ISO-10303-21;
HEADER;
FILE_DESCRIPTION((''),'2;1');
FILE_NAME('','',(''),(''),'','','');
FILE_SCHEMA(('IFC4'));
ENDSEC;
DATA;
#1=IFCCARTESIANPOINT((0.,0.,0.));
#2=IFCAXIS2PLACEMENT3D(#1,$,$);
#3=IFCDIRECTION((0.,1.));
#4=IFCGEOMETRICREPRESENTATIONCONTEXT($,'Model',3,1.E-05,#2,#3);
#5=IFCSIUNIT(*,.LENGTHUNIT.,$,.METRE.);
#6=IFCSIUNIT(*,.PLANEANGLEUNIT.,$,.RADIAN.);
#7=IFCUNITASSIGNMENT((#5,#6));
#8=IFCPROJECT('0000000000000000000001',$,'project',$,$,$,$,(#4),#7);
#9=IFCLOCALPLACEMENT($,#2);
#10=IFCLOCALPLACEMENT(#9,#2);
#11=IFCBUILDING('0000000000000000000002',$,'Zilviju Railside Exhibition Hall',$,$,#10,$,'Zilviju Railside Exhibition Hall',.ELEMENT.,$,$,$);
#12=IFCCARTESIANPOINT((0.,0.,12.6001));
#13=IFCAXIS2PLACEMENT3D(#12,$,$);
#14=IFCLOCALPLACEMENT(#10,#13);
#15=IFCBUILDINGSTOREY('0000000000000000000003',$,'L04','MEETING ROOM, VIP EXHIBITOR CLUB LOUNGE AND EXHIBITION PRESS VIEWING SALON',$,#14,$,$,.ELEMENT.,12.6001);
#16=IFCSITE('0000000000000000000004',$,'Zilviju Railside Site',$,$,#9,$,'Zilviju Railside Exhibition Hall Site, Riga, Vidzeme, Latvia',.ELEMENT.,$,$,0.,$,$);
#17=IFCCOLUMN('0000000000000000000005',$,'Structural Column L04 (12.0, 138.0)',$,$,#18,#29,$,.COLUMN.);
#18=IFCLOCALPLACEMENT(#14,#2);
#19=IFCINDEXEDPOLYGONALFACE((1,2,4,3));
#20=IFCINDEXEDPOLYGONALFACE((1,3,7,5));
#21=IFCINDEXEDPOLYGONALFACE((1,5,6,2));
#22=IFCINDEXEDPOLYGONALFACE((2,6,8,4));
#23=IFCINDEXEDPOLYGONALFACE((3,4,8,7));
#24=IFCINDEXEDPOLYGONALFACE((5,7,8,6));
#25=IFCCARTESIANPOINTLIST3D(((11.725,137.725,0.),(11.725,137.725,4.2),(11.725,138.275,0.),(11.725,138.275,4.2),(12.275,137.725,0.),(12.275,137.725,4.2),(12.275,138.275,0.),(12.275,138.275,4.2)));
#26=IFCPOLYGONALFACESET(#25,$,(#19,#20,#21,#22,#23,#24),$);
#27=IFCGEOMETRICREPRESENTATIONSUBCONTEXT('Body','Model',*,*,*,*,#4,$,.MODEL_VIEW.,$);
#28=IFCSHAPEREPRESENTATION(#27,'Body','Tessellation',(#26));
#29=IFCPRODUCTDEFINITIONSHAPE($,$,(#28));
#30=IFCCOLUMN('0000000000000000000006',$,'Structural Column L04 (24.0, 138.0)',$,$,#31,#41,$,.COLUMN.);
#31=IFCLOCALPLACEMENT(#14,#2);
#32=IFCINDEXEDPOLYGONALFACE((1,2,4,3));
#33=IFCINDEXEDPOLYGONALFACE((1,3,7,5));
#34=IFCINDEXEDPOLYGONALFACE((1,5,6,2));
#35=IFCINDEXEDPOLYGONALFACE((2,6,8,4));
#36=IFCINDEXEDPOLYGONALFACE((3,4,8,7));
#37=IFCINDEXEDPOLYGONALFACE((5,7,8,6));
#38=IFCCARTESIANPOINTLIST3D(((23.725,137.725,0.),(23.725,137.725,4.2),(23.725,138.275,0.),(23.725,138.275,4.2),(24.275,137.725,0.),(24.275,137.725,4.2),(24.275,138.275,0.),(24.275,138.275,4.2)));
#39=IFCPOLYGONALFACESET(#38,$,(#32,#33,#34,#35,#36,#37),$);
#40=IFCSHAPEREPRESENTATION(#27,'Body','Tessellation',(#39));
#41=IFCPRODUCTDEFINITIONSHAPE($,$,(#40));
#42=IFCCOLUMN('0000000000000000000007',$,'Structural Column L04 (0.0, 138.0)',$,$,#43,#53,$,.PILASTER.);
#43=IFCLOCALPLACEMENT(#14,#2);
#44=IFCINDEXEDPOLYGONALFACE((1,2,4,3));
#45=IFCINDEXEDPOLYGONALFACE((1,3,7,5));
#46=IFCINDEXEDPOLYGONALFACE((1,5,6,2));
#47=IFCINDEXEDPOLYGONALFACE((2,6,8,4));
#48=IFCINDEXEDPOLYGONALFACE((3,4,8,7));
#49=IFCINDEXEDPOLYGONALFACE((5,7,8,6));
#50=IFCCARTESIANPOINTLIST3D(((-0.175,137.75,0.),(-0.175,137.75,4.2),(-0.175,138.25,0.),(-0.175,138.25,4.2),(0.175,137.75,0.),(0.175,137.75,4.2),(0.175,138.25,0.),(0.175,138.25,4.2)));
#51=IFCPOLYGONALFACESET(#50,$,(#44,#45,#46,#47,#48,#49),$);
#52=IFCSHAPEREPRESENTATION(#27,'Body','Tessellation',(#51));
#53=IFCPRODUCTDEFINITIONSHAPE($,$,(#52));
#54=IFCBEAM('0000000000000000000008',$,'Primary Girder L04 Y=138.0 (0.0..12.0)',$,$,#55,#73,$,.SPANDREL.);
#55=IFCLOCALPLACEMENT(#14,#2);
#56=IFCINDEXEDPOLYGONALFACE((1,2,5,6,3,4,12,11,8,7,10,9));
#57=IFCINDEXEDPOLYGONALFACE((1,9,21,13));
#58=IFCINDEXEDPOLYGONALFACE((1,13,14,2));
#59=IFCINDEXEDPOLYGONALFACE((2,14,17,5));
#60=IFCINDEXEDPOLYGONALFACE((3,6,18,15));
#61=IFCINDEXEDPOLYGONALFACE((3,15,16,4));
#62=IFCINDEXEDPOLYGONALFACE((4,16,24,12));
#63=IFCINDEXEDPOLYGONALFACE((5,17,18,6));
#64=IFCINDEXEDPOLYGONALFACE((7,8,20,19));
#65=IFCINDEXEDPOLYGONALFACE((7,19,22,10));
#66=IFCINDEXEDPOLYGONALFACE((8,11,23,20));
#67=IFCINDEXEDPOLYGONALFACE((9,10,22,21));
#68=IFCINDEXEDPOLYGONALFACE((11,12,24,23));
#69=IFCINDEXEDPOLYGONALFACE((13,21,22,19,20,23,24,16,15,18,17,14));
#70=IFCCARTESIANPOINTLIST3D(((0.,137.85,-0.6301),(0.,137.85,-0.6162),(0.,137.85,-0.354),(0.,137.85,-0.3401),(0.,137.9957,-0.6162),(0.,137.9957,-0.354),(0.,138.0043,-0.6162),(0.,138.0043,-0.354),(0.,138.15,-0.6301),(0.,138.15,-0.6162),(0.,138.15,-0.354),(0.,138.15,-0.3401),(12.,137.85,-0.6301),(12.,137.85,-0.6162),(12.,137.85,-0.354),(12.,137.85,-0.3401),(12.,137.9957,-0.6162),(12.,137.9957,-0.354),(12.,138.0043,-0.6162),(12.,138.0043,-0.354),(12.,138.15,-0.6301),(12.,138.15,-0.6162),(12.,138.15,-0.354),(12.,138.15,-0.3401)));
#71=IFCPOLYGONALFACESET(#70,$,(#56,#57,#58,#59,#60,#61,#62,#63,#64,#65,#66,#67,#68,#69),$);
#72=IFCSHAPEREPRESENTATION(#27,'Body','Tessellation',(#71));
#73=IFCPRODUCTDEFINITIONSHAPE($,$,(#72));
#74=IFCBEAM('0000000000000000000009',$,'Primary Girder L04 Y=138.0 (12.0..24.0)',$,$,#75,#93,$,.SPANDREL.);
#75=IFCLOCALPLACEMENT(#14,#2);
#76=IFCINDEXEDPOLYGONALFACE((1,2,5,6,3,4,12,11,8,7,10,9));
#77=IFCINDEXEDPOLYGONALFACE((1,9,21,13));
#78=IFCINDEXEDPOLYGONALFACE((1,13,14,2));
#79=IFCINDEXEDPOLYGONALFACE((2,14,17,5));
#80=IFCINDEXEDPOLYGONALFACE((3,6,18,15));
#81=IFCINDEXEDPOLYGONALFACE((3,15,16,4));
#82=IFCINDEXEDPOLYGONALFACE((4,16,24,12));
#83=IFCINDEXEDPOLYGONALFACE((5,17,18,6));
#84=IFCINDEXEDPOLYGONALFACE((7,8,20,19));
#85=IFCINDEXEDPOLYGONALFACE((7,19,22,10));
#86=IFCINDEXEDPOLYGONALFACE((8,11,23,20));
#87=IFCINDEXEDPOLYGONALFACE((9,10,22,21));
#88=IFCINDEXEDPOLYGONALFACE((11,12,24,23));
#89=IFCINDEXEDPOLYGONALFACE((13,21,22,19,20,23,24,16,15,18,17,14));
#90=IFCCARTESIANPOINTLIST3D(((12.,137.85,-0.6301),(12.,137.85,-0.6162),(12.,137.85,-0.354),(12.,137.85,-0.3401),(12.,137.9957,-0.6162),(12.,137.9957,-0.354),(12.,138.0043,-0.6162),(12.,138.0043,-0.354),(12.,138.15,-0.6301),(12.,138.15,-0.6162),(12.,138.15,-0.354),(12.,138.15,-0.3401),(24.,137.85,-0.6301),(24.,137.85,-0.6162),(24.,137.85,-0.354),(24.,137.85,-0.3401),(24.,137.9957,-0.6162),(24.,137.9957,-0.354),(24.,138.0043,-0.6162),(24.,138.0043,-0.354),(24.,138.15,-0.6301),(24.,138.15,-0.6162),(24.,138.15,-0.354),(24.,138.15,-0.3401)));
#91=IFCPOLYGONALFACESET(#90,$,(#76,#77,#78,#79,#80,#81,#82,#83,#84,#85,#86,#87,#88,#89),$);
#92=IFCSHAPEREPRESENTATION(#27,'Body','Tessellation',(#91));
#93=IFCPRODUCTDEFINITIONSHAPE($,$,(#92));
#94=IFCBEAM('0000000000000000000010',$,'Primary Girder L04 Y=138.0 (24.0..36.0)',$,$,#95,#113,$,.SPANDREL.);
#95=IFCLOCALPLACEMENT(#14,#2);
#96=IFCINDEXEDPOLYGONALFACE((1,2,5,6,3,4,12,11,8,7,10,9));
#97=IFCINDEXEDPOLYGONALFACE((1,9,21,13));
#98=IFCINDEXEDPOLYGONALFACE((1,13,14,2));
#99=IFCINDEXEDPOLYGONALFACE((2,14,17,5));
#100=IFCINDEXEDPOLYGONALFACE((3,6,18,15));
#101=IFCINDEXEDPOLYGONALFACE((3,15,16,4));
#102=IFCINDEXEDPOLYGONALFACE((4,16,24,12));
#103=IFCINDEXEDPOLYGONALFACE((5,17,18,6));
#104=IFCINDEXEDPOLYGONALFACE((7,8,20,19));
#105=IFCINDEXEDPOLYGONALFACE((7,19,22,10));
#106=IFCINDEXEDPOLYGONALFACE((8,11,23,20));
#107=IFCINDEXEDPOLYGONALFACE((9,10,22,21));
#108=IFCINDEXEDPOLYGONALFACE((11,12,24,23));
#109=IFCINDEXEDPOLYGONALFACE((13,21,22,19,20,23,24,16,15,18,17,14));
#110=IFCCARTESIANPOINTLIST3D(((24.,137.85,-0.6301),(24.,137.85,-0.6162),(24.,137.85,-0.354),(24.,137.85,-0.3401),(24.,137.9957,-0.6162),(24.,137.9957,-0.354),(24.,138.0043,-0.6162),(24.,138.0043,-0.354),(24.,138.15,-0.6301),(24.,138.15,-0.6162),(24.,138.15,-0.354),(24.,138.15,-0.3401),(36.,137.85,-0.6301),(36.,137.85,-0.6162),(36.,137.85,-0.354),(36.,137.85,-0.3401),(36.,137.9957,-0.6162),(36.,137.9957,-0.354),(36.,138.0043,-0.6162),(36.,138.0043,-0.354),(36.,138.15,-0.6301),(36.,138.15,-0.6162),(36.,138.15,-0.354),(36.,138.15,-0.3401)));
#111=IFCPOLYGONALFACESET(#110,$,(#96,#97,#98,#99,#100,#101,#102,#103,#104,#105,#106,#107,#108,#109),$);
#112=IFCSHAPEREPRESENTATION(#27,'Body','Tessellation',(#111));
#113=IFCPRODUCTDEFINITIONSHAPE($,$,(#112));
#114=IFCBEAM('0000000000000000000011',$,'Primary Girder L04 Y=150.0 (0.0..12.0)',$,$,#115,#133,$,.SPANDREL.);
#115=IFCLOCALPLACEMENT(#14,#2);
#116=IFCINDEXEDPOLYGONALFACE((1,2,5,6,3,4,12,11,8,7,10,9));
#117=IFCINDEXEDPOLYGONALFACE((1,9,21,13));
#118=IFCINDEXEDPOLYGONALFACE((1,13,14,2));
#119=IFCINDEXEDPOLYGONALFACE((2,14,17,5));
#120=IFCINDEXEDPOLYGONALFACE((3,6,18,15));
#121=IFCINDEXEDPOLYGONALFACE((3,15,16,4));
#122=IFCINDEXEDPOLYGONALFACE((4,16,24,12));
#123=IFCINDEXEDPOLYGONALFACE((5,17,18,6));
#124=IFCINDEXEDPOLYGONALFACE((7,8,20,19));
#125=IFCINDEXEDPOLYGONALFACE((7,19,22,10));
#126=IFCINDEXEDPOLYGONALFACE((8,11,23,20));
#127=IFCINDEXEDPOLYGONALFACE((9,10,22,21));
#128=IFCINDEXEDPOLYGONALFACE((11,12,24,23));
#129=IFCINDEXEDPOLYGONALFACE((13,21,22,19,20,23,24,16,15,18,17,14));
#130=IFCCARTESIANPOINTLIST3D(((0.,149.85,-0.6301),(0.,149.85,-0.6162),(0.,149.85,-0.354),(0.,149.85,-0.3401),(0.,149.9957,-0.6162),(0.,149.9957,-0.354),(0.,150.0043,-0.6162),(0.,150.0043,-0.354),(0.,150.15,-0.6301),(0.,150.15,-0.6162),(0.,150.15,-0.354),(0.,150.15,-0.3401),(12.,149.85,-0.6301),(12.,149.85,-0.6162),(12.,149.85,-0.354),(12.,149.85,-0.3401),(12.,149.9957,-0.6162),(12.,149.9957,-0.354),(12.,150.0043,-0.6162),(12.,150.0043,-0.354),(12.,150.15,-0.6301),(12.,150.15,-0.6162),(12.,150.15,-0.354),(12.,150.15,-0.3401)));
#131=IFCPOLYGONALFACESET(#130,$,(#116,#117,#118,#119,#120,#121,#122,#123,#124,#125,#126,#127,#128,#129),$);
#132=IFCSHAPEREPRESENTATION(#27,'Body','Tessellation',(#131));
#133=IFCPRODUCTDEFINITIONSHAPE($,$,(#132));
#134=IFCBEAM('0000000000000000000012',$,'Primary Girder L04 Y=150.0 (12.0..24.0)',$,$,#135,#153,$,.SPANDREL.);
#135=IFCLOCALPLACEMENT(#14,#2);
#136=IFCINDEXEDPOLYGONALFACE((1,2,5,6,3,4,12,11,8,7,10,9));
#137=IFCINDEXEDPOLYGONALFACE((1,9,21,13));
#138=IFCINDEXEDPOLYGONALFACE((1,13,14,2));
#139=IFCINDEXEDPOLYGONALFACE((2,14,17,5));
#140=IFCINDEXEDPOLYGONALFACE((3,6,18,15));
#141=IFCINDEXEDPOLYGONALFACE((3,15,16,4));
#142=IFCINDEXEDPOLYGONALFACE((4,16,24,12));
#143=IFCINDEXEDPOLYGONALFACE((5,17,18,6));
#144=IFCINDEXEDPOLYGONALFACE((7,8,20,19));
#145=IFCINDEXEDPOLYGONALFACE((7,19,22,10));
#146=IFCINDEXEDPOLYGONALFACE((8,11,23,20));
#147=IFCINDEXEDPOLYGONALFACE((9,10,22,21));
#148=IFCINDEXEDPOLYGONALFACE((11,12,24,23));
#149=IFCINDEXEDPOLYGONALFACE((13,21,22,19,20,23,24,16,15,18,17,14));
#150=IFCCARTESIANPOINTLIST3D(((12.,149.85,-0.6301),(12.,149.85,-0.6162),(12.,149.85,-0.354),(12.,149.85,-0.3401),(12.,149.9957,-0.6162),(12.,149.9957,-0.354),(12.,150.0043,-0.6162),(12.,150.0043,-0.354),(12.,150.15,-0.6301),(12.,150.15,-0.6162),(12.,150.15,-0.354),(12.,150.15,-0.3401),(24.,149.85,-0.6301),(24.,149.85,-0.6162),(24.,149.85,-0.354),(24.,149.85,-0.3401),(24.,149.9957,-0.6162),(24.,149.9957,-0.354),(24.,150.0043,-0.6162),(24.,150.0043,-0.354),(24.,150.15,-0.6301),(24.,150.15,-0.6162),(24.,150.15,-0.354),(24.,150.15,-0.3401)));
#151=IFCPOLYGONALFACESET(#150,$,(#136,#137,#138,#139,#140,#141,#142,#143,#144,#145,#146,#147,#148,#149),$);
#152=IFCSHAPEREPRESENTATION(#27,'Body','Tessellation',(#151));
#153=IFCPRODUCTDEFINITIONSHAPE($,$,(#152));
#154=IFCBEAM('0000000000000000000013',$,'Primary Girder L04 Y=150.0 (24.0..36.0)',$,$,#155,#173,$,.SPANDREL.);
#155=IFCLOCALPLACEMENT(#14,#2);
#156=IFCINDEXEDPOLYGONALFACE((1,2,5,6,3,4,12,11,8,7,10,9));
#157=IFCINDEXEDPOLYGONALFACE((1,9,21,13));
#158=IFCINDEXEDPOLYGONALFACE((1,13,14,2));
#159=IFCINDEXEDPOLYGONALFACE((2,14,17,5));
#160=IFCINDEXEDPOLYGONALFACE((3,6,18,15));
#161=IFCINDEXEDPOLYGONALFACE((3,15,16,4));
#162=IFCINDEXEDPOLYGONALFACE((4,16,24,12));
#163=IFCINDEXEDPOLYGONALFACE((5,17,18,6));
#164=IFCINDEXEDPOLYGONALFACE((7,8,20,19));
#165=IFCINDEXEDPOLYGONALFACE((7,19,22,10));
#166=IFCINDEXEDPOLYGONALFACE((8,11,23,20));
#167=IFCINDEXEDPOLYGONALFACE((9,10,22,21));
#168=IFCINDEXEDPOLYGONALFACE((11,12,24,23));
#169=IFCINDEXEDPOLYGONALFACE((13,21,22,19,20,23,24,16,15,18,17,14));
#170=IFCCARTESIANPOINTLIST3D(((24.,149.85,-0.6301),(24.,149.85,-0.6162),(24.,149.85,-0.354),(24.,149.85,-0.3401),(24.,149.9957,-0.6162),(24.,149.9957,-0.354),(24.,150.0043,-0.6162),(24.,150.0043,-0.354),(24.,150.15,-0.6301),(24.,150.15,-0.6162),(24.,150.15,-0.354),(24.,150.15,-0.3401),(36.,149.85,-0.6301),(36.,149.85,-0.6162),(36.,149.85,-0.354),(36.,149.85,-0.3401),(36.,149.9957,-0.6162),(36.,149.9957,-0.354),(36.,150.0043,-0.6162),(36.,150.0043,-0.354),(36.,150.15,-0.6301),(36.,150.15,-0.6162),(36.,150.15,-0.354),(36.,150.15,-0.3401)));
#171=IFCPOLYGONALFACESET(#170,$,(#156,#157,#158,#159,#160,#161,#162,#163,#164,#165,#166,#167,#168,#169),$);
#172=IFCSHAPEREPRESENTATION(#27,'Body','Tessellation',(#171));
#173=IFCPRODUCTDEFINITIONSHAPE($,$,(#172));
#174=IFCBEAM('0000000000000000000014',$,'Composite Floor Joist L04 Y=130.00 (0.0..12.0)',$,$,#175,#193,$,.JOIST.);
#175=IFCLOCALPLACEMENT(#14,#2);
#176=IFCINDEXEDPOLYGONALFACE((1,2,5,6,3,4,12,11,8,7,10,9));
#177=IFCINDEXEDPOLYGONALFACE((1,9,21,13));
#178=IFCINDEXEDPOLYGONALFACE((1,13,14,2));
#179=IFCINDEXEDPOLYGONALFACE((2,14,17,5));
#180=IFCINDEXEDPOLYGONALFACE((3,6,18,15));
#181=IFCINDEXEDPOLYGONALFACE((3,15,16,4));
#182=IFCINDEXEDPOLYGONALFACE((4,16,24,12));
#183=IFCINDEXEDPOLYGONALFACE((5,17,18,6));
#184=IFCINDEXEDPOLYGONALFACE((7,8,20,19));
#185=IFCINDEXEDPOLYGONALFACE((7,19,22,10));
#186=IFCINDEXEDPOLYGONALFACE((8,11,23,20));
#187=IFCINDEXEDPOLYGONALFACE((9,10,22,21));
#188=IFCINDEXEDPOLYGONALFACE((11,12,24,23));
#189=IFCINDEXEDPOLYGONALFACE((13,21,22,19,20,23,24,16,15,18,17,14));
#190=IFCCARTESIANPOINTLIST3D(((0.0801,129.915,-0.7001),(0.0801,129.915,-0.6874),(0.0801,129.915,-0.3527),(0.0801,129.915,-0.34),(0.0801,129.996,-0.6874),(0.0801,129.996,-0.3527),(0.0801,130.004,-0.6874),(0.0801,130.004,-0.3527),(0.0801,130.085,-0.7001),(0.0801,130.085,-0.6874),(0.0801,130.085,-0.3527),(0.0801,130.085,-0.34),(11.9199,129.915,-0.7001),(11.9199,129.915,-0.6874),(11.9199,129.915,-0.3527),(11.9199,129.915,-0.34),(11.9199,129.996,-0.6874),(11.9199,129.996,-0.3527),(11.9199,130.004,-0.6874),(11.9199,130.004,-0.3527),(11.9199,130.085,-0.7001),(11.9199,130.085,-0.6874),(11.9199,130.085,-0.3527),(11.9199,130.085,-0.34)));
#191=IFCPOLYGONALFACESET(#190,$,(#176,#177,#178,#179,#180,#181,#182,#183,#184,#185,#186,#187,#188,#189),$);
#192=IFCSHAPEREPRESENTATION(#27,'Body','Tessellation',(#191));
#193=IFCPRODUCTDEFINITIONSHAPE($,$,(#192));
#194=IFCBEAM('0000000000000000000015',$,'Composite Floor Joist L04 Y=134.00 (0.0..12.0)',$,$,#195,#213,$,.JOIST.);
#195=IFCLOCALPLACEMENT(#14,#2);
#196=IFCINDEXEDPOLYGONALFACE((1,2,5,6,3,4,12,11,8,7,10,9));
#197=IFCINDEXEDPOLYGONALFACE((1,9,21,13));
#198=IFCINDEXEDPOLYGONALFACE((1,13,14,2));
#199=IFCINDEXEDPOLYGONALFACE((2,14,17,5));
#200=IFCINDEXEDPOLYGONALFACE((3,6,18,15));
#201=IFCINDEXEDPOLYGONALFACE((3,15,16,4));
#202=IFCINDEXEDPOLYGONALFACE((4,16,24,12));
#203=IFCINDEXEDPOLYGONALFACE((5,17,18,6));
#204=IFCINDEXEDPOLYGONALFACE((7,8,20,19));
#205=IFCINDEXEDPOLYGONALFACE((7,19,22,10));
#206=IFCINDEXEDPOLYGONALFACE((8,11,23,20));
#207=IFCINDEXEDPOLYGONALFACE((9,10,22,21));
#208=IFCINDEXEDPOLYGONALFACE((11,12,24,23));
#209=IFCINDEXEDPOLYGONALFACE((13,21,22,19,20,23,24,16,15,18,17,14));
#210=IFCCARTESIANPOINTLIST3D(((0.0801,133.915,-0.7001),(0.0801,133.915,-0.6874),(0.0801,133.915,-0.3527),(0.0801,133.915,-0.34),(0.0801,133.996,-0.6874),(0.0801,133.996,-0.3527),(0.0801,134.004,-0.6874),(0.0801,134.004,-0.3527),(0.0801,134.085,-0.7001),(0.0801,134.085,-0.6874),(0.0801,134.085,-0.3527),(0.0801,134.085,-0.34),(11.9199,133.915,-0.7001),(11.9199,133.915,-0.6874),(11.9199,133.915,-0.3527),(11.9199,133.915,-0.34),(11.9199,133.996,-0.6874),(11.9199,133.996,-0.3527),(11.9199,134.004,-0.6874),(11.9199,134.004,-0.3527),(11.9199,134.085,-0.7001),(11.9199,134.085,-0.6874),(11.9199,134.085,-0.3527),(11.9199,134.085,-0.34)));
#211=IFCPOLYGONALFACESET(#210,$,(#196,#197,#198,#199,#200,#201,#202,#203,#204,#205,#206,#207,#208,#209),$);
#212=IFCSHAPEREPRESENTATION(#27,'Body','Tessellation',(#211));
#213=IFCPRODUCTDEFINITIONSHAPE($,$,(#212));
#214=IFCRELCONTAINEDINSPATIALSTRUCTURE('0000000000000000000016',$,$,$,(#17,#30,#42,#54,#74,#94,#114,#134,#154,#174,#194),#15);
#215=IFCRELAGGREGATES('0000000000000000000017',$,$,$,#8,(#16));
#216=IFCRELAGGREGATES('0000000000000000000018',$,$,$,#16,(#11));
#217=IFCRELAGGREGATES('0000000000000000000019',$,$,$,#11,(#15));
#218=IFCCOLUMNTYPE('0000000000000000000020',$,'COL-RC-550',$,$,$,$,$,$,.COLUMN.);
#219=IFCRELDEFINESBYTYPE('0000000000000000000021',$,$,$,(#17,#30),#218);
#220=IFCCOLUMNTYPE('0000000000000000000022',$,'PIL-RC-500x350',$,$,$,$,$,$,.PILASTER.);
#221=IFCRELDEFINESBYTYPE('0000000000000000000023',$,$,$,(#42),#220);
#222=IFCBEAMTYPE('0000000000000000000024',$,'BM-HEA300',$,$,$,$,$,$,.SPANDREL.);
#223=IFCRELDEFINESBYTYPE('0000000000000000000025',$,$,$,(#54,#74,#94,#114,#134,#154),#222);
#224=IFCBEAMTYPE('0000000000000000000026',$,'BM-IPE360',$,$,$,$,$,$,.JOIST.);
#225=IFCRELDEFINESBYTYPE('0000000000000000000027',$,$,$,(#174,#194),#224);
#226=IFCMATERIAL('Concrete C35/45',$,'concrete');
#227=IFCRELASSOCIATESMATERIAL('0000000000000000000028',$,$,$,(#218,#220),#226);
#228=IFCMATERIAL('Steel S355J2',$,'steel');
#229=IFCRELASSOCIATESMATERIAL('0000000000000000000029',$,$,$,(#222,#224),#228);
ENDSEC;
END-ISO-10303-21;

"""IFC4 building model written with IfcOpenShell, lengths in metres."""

from ifc_helpers import new_model, si_unit, direction, frame, origin, origin_2d, place, context, subcontext, project, spatial, rectangle, i_section, extrude, material, material_profile, profile_set, type_object, element, save


model = new_model("IFC4")

# Units and contexts
model_context = context("Model", 3, precision=1e-05, world=origin(), true_north=direction((0.0, 1.0)))
body_context = subcontext(model_context, "Body", "Model", "MODEL_VIEW")
ifc_project = project(units=[si_unit("LENGTHUNIT", "METRE"), si_unit("PLANEANGLEUNIT", "RADIAN")], contexts=[model_context])

# Site, building, storey
site_placement = place(None, origin())
site = spatial("IfcSite", under=ifc_project, at=site_placement, Name="Zilviju Railside Site", LongName="Zilviju Railside Exhibition Hall Site, Riga, Vidzeme, Latvia", CompositionType="ELEMENT", RefElevation=0.0)
building_placement = place(site_placement, origin())
building = spatial("IfcBuilding", under=site, at=building_placement, Name="Zilviju Railside Exhibition Hall", LongName="Zilviju Railside Exhibition Hall", CompositionType="ELEMENT")
storey_placement = place(building_placement, frame((0.0, 0.0, 12.6001)))
storey = spatial("IfcBuildingStorey", under=building, at=storey_placement, Name="L04", Description="MEETING ROOM, VIP EXHIBITOR CLUB LOUNGE AND EXHIBITION PRESS VIEWING SALON", CompositionType="ELEMENT", Elevation=12.6001)

# Columns
ifc_material_1 = material(Name="Concrete C35/45", Category="concrete")
ifc_material_profile_1 = material_profile(ifc_material_1, rectangle(XDim=0.55, YDim=0.55, at=origin_2d()), Name="RC COL 550x550")
ifc_profile_set_1 = profile_set([ifc_material_profile_1], Name="Concrete C35/45")
column_type_1 = type_object("IfcColumnType", Name="COL-RC-550", PredefinedType="COLUMN", material=ifc_profile_set_1)
for number, where, z_axis, x_axis, name in (
    (1, (12.0, 138.0, 0.0), (0.0, 0.0, 1.0), (1.0, 0.0, 0.0), "Structural Column L04 (12.0, 138.0)"),
    (2, (24.0, 138.0, 0.0), (0.0, 0.0, 1.0), (1.0, 0.0, 0.0), "Structural Column L04 (24.0, 138.0)"),
):
    element("IfcColumn", number, at=place(storey_placement, frame(where, z_axis=z_axis, x_axis=x_axis)), inside=storey, type_object=column_type_1, Name=name, PredefinedType="COLUMN", context=body_context, shape_type="SweptSolid", body=[
        extrude(rectangle(XDim=0.55, YDim=0.55, at=origin_2d()), origin(), (0.0, 0.0, 1.0), 4.2),
    ])
ifc_material_profile_2 = material_profile(ifc_material_1, rectangle(XDim=0.3501, YDim=0.5, at=origin_2d()), Name="RC COL 350x500")
ifc_profile_set_2 = profile_set([ifc_material_profile_2], Name="Concrete C35/45")
column_type_2 = type_object("IfcColumnType", Name="PIL-RC-500x350", PredefinedType="PILASTER", material=ifc_profile_set_2)
column_placement = place(storey_placement, frame((0.0, 138.0, 0.0), z_axis=(0.0, 0.0, 1.0), x_axis=(1.0, 0.0, 0.0)))
element("IfcColumn", 3, at=column_placement, inside=storey, type_object=column_type_2, Name="Structural Column L04 (0.0, 138.0)", PredefinedType="PILASTER", context=body_context, shape_type="SweptSolid", body=[
    extrude(rectangle(XDim=0.3501, YDim=0.5, at=origin_2d()), origin(), (0.0, 0.0, 1.0), 4.2),
])

# Beams
ifc_material_2 = material(Name="Steel S355J2", Category="steel")
ifc_material_profile_3 = material_profile(ifc_material_2, i_section(OverallWidth=0.3, OverallDepth=0.29, WebThickness=0.0085, FlangeThickness=0.0139, at=origin_2d()), Name="HEA 300")
ifc_profile_set_3 = profile_set([ifc_material_profile_3], Name="Steel S355J2")
beam_type_1 = type_object("IfcBeamType", Name="BM-HEA300", PredefinedType="SPANDREL", material=ifc_profile_set_3)
for number, where, z_axis, x_axis, name in (
    (4, (0.0, 138.0, -0.4851), (1.0, 0.0, 0.0), (0.0, 1.0, 0.0), "Primary Girder L04 Y=138.0 (0.0..12.0)"),
    (5, (12.0, 138.0, -0.4851), (1.0, 0.0, 0.0), (0.0, 1.0, 0.0), "Primary Girder L04 Y=138.0 (12.0..24.0)"),
    (6, (24.0, 138.0, -0.4851), (1.0, 0.0, 0.0), (0.0, 1.0, 0.0), "Primary Girder L04 Y=138.0 (24.0..36.0)"),
    (7, (0.0, 150.0, -0.4851), (1.0, 0.0, 0.0), (0.0, 1.0, 0.0), "Primary Girder L04 Y=150.0 (0.0..12.0)"),
    (8, (12.0, 150.0, -0.4851), (1.0, 0.0, 0.0), (0.0, 1.0, 0.0), "Primary Girder L04 Y=150.0 (12.0..24.0)"),
    (9, (24.0, 150.0, -0.4851), (1.0, 0.0, 0.0), (0.0, 1.0, 0.0), "Primary Girder L04 Y=150.0 (24.0..36.0)"),
):
    element("IfcBeam", number, at=place(storey_placement, frame(where, z_axis=z_axis, x_axis=x_axis)), inside=storey, type_object=beam_type_1, Name=name, PredefinedType="SPANDREL", context=body_context, shape_type="SweptSolid", body=[
        extrude(i_section(OverallWidth=0.3, OverallDepth=0.29, WebThickness=0.0085, FlangeThickness=0.0139, at=origin_2d()), origin(), (0.0, 0.0, 1.0), 12.0),
    ])
ifc_material_profile_4 = material_profile(ifc_material_2, i_section(OverallWidth=0.1699, OverallDepth=0.3601, WebThickness=0.0081, FlangeThickness=0.0127, at=origin_2d()), Name="IPE 360")
ifc_profile_set_4 = profile_set([ifc_material_profile_4], Name="Steel S355J2")
beam_type_2 = type_object("IfcBeamType", Name="BM-IPE360", PredefinedType="JOIST", material=ifc_profile_set_4)
for number, where, z_axis, x_axis, name in (
    (10, (0.0801, 130.0, -0.52), (1.0, 0.0, 0.0), (0.0, 1.0, 0.0), "Composite Floor Joist L04 Y=130.00 (0.0..12.0)"),
    (11, (0.0801, 134.0, -0.52), (1.0, 0.0, 0.0), (0.0, 1.0, 0.0), "Composite Floor Joist L04 Y=134.00 (0.0..12.0)"),
):
    element("IfcBeam", number, at=place(storey_placement, frame(where, z_axis=z_axis, x_axis=x_axis)), inside=storey, type_object=beam_type_2, Name=name, PredefinedType="JOIST", context=body_context, shape_type="SweptSolid", body=[
        extrude(i_section(OverallWidth=0.1699, OverallDepth=0.3601, WebThickness=0.0081, FlangeThickness=0.0127, at=origin_2d()), origin(), (0.0, 0.0, 1.0), 11.8398),
    ])

save(model, "model.ifc")
